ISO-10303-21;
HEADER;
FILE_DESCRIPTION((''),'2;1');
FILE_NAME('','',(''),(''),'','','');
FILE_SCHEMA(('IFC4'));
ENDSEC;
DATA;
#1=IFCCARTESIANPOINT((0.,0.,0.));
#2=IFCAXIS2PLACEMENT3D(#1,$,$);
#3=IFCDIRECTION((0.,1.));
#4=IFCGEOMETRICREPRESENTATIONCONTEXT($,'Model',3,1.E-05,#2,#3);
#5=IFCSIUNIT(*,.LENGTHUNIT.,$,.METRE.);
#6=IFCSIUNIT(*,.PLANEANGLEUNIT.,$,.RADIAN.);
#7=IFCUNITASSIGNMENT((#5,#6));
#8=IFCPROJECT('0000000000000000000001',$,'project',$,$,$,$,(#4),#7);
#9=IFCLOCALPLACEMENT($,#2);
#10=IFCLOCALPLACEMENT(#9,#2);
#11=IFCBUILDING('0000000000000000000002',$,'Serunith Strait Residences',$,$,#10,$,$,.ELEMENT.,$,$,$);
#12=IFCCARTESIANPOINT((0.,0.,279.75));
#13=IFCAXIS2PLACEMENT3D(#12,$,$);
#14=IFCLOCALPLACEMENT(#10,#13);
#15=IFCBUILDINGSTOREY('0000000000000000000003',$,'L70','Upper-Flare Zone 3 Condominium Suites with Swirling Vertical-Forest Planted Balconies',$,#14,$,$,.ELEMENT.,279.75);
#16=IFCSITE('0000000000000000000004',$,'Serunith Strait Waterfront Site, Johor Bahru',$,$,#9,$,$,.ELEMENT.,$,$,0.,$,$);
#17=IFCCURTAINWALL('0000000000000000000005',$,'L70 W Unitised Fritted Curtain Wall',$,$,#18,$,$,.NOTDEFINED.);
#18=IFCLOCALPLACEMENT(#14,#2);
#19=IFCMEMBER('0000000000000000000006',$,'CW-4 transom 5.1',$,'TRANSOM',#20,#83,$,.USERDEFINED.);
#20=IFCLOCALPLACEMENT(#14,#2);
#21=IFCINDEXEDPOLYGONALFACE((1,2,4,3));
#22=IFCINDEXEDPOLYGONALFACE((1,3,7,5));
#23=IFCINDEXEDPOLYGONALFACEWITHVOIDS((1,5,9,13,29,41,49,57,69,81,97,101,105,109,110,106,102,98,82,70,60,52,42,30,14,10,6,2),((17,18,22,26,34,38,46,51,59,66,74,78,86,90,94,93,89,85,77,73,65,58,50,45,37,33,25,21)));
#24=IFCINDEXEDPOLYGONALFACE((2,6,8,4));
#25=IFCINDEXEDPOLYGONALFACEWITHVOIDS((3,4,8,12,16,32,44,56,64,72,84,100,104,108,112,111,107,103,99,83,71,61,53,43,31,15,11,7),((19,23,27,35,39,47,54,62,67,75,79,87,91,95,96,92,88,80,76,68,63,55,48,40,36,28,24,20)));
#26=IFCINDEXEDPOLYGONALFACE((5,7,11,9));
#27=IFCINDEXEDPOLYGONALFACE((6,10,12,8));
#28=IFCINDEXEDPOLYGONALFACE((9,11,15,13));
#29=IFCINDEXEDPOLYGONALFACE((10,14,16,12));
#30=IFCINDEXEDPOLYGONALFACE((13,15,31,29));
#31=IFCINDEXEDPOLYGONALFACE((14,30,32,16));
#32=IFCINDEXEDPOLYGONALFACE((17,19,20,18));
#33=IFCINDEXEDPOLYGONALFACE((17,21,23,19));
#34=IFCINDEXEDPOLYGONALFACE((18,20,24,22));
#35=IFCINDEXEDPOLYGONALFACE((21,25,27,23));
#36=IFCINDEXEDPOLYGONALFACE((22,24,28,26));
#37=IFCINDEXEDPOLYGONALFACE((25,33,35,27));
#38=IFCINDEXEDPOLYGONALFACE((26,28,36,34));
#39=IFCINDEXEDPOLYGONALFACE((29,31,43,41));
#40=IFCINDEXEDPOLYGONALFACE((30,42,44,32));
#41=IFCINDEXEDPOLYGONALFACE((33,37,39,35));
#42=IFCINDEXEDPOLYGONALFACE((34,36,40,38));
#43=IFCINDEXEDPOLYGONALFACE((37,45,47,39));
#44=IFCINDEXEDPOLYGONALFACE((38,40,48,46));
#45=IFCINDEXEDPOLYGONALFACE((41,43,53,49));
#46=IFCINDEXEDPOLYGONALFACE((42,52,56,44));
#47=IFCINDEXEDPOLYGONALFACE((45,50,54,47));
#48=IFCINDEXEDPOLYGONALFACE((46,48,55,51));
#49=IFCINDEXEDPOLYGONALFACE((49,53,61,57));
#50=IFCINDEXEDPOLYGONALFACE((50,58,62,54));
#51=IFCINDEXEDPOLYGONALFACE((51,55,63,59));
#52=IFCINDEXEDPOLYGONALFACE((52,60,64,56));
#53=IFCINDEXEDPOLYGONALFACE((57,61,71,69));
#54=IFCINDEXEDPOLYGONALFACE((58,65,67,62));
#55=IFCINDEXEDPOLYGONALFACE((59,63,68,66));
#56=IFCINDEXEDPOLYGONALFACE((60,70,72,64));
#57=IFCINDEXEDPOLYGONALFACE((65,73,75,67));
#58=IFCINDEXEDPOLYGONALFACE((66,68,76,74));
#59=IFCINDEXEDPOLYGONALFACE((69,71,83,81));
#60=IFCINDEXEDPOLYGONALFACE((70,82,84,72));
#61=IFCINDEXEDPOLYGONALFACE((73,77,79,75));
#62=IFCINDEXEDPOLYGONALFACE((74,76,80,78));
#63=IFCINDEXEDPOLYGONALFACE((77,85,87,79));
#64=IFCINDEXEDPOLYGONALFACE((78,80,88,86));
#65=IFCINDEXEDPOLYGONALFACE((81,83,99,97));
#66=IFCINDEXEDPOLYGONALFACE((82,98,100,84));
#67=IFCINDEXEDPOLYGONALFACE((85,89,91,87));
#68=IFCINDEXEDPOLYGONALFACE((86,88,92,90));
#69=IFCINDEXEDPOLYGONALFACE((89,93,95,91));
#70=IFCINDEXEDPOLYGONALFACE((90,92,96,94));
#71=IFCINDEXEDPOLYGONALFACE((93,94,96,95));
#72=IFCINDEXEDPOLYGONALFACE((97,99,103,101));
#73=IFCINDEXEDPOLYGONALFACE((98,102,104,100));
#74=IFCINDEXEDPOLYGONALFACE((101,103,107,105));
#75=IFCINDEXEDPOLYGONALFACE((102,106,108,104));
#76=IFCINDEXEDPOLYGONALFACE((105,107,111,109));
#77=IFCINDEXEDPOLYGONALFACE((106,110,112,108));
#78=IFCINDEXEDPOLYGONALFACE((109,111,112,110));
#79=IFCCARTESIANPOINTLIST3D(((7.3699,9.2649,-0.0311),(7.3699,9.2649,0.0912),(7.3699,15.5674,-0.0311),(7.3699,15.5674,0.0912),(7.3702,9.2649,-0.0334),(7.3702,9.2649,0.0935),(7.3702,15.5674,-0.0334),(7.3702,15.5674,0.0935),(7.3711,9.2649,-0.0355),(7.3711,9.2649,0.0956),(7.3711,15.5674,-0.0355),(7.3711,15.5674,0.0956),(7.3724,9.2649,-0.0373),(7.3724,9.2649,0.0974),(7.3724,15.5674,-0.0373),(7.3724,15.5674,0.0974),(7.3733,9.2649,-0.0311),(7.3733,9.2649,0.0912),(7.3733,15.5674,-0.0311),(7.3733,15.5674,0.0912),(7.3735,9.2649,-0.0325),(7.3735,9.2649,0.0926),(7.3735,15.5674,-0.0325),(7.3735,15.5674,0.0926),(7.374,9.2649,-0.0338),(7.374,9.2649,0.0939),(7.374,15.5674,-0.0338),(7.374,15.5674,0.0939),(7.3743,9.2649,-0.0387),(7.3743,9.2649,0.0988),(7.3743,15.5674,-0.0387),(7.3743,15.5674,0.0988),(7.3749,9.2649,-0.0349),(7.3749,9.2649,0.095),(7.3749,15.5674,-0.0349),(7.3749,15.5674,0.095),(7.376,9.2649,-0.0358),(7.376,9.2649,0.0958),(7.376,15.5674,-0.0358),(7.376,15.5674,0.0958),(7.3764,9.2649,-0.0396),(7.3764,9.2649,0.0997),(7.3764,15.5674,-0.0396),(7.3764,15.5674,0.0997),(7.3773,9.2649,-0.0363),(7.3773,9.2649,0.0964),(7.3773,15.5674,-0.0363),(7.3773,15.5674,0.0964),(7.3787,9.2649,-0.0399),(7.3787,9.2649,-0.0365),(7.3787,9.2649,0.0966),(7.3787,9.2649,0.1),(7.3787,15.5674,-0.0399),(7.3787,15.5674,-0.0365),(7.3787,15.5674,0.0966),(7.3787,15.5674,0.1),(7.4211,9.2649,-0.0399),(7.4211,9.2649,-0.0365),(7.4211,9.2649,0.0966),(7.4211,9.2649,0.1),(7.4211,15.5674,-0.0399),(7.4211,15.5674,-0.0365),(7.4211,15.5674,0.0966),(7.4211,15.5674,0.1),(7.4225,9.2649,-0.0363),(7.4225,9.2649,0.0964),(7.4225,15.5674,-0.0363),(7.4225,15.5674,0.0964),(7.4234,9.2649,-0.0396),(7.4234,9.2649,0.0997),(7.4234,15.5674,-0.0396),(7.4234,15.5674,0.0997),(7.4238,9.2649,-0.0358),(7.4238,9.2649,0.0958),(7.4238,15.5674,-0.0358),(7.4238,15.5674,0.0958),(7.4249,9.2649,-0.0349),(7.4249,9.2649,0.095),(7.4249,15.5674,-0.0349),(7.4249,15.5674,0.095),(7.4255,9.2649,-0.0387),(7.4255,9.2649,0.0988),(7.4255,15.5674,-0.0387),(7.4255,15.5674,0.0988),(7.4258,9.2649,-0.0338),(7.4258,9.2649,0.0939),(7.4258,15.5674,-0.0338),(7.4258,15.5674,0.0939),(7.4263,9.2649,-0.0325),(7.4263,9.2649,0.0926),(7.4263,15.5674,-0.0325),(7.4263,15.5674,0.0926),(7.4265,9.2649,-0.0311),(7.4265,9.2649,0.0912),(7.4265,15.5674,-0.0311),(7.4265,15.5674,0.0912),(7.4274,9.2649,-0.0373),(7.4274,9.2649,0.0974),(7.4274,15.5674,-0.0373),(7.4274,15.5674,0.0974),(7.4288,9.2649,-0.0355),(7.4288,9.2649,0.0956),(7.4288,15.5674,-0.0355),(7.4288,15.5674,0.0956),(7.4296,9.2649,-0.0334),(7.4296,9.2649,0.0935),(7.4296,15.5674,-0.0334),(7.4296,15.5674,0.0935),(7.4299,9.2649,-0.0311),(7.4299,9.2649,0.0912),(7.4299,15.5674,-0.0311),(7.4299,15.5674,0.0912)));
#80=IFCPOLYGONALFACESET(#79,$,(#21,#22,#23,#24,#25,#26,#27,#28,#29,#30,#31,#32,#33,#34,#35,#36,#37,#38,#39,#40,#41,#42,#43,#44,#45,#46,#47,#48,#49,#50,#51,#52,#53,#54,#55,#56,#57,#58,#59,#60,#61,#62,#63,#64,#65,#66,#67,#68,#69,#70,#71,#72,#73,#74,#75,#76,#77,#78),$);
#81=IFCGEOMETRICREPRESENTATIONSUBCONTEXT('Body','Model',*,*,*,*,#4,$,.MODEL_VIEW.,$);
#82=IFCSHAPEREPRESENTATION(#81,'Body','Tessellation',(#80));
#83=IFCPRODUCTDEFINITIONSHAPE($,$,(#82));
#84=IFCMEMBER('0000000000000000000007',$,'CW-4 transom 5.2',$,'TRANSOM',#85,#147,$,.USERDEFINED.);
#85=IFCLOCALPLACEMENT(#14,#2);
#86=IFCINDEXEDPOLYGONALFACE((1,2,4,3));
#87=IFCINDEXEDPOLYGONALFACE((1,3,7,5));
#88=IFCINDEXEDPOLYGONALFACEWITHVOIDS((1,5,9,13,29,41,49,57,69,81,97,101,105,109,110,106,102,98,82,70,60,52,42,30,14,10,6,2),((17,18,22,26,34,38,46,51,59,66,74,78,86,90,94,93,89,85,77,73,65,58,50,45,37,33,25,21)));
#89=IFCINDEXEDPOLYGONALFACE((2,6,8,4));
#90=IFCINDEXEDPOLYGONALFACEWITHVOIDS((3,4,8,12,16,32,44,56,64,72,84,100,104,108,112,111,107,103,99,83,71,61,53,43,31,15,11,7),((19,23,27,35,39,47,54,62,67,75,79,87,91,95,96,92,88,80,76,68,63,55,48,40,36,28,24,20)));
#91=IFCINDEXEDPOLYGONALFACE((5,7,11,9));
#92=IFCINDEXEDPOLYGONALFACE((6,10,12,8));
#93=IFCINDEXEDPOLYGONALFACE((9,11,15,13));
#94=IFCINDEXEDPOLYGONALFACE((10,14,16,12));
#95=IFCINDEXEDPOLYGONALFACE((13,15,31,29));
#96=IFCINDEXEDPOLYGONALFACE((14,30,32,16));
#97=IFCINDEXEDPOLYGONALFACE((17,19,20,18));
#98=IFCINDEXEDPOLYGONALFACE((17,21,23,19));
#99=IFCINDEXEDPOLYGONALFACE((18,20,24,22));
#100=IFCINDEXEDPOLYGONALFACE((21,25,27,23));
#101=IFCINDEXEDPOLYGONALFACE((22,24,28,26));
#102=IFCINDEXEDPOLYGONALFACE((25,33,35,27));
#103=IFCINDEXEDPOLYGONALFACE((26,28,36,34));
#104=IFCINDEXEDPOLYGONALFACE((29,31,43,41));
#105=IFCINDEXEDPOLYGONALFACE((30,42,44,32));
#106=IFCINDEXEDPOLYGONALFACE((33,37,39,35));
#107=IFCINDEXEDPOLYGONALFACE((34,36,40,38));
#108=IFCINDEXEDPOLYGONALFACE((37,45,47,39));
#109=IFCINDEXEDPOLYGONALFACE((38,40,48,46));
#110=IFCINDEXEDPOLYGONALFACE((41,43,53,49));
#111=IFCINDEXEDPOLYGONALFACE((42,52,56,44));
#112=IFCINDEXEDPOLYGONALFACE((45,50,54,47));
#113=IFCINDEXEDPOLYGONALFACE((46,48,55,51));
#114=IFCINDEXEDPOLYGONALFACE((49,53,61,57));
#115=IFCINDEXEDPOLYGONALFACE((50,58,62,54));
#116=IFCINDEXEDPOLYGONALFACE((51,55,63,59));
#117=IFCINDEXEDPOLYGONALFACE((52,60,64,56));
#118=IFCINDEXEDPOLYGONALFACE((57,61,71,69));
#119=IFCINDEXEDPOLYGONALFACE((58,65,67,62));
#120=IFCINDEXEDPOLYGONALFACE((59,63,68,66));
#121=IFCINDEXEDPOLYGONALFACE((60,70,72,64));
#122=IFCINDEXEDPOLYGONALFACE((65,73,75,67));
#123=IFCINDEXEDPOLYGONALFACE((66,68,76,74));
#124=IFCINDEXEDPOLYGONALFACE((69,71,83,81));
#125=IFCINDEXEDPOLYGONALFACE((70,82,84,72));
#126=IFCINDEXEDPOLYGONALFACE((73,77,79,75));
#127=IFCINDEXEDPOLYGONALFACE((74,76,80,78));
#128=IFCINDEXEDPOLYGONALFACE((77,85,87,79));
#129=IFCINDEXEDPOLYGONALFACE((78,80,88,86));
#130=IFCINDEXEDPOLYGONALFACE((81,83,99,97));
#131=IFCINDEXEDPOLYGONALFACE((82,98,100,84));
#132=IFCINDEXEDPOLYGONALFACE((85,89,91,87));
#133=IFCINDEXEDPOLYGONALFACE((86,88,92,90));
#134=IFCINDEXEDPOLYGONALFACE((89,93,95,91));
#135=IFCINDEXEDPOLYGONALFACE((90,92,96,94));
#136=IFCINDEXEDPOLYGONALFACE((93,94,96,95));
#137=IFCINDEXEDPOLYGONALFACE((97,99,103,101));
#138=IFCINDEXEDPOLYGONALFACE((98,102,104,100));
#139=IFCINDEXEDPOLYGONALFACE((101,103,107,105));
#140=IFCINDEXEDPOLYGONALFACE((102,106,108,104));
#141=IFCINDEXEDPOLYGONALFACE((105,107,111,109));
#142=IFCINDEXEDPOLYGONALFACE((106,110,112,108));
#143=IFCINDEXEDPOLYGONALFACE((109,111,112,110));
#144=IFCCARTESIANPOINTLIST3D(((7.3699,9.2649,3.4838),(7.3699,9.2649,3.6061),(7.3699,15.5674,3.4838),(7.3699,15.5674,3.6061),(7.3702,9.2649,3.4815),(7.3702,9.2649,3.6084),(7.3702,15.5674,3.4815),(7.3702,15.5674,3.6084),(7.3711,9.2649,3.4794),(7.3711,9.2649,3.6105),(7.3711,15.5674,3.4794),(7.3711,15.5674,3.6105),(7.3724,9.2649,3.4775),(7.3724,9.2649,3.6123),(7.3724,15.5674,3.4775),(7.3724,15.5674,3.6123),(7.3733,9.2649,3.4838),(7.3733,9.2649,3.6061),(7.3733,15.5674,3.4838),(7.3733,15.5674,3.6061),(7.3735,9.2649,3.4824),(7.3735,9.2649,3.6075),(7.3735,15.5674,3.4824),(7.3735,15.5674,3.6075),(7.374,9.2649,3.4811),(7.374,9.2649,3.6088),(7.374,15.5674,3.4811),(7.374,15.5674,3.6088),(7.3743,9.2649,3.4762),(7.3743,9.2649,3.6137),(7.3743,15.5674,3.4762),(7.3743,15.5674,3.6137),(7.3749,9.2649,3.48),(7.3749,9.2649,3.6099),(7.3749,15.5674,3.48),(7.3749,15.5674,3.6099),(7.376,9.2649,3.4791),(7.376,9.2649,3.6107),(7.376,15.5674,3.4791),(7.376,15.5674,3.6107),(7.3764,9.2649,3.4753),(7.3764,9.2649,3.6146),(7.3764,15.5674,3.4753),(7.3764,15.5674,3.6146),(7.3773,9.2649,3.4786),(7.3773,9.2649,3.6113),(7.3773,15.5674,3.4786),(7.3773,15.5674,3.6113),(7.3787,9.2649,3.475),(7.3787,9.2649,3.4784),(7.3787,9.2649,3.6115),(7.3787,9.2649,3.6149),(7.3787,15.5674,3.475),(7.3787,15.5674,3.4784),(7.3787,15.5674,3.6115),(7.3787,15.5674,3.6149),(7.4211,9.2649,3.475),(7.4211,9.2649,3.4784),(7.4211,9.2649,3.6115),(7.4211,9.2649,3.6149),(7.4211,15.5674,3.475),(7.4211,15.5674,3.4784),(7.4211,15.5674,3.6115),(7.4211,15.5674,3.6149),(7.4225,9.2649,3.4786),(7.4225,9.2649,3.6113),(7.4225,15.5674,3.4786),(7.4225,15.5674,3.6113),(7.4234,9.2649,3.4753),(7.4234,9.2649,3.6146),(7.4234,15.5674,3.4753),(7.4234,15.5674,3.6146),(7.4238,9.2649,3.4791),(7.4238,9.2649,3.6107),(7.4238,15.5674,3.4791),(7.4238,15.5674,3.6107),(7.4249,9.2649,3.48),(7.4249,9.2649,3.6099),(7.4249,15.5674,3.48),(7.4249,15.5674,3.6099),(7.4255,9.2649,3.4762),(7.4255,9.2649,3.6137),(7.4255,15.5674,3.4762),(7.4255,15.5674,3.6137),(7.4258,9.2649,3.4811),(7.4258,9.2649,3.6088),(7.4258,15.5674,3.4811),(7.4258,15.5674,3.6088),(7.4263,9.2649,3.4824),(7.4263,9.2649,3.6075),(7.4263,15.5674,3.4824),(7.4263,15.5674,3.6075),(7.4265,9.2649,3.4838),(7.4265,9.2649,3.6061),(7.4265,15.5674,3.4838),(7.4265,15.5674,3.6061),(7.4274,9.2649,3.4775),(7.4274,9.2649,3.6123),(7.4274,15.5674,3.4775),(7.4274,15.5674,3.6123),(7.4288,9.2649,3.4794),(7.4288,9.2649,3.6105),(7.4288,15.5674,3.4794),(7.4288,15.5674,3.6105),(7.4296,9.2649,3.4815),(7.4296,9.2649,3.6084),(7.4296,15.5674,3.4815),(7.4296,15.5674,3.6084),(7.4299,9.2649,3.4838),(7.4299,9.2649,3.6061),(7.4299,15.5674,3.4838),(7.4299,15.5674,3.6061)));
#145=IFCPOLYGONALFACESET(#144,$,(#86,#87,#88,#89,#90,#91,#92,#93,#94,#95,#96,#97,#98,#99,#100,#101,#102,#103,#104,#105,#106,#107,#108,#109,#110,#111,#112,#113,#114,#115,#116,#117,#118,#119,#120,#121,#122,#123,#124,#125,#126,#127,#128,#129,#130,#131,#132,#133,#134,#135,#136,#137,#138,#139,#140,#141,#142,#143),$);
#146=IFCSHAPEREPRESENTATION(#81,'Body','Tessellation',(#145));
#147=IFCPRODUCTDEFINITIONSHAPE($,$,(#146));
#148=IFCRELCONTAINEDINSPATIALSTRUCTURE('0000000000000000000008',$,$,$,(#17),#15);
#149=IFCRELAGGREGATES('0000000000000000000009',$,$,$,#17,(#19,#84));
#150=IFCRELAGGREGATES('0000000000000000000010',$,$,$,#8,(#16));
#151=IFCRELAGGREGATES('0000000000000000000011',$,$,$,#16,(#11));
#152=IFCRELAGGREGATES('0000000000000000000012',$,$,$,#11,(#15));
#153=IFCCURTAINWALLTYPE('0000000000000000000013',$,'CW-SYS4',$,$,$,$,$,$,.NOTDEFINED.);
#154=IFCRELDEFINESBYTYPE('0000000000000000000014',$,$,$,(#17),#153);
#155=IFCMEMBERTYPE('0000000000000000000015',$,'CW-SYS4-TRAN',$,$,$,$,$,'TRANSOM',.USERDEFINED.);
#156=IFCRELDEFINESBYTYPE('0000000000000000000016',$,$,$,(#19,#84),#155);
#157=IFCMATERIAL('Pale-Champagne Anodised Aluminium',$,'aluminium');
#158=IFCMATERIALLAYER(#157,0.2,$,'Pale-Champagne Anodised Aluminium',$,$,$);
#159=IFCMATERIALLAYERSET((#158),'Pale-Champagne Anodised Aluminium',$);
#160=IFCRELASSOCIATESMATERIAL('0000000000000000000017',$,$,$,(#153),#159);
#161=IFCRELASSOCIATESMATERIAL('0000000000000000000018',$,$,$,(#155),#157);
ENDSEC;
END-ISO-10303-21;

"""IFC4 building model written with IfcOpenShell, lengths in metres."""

from ifc_helpers import new_model, si_unit, direction, frame, origin, origin_2d, place, context, subcontext, project, spatial, hollow_rectangle, extrude, source, transform, mapped, material, layer, layer_set, material_profile, profile_set, type_object, element, aggregate, save


model = new_model("IFC4")

# Units and contexts
model_context = context("Model", 3, precision=1e-05, world=origin(), true_north=direction((0.0, 1.0)))
body_context = subcontext(model_context, "Body", "Model", "MODEL_VIEW")
ifc_project = project(units=[si_unit("LENGTHUNIT", "METRE"), si_unit("PLANEANGLEUNIT", "RADIAN")], contexts=[model_context])

# Site, building, storey
site_placement = place(None, origin())
site = spatial("IfcSite", under=ifc_project, at=site_placement, Name="Serunith Strait Waterfront Site, Johor Bahru", CompositionType="ELEMENT", RefElevation=0.0)
building_placement = place(site_placement, origin())
building = spatial("IfcBuilding", under=site, at=building_placement, Name="Serunith Strait Residences", CompositionType="ELEMENT")
storey_placement = place(building_placement, frame((0.0, 0.0, 279.75)))
storey = spatial("IfcBuildingStorey", under=building, at=storey_placement, Name="L70", Description="Upper-Flare Zone 3 Condominium Suites with Swirling Vertical-Forest Planted Balconies", CompositionType="ELEMENT", Elevation=279.75)

# Curtain wall, members
ifc_material_1 = material(Name="Pale-Champagne Anodised Aluminium", Category="aluminium")
ifc_layer_1 = layer(ifc_material_1, 0.2, Name="Pale-Champagne Anodised Aluminium")
ifc_layer_set_1 = layer_set([ifc_layer_1], Name="Pale-Champagne Anodised Aluminium")
curtain_wall_type = type_object("IfcCurtainWallType", Name="CW-SYS4", PredefinedType="NOTDEFINED", material=ifc_layer_set_1)
curtain_wall_placement = place(storey_placement, origin())
curtain_wall = element("IfcCurtainWall", 1, at=curtain_wall_placement, inside=storey, type_object=curtain_wall_type, Name="L70 W Unitised Fritted Curtain Wall", PredefinedType="NOTDEFINED")
ifc_material_profile_1 = material_profile(ifc_material_1, hollow_rectangle(XDim=0.0601, YDim=0.1399, WallThickness=0.0034, InnerFilletRadius=0.0054, OuterFilletRadius=0.0088, at=origin_2d()), Name="ALU 140x60x3.5")
ifc_profile_set_1 = profile_set([ifc_material_profile_1], Name="Pale-Champagne Anodised Aluminium")
member_type_1 = type_object("IfcMemberType", Name="CW-SYS4-TRAN", ElementType="TRANSOM", PredefinedType="USERDEFINED", material=ifc_profile_set_1)
shared_shape_1 = source(origin(), body_context, "Body", "SweptSolid", [
    extrude(hollow_rectangle(XDim=0.0601, YDim=0.1399, WallThickness=0.0034, InnerFilletRadius=0.0054, OuterFilletRadius=0.0088, at=origin_2d()), origin(), (0.0, 0.0, 1.0), 6.3025),
])
member_1_placement = place(storey_placement, frame((7.3999, 15.5674, 0.03), z_axis=(0.0, -1.0, 0.0), x_axis=(1.0, 0.0, 0.0)))
member_1 = element("IfcMember", 2, at=member_1_placement, type_object=member_type_1, Name="CW-4 transom 5.1", ObjectType="TRANSOM", PredefinedType="USERDEFINED", context=body_context, shape_type="MappedRepresentation", body=[
    mapped(shared_shape_1, transform((0.0, 0.0, 0.0), scale=1.0)),
])
member_2_placement = place(storey_placement, frame((7.3999, 15.5674, 3.5449), z_axis=(0.0, -1.0, 0.0), x_axis=(1.0, 0.0, 0.0)))
member_2 = element("IfcMember", 3, at=member_2_placement, type_object=member_type_1, Name="CW-4 transom 5.2", ObjectType="TRANSOM", PredefinedType="USERDEFINED", context=body_context, shape_type="MappedRepresentation", body=[
    mapped(shared_shape_1, transform((0.0, 0.0, 0.0), scale=1.0)),
])
aggregate(curtain_wall, [member_1, member_2])

save(model, "model.ifc")
